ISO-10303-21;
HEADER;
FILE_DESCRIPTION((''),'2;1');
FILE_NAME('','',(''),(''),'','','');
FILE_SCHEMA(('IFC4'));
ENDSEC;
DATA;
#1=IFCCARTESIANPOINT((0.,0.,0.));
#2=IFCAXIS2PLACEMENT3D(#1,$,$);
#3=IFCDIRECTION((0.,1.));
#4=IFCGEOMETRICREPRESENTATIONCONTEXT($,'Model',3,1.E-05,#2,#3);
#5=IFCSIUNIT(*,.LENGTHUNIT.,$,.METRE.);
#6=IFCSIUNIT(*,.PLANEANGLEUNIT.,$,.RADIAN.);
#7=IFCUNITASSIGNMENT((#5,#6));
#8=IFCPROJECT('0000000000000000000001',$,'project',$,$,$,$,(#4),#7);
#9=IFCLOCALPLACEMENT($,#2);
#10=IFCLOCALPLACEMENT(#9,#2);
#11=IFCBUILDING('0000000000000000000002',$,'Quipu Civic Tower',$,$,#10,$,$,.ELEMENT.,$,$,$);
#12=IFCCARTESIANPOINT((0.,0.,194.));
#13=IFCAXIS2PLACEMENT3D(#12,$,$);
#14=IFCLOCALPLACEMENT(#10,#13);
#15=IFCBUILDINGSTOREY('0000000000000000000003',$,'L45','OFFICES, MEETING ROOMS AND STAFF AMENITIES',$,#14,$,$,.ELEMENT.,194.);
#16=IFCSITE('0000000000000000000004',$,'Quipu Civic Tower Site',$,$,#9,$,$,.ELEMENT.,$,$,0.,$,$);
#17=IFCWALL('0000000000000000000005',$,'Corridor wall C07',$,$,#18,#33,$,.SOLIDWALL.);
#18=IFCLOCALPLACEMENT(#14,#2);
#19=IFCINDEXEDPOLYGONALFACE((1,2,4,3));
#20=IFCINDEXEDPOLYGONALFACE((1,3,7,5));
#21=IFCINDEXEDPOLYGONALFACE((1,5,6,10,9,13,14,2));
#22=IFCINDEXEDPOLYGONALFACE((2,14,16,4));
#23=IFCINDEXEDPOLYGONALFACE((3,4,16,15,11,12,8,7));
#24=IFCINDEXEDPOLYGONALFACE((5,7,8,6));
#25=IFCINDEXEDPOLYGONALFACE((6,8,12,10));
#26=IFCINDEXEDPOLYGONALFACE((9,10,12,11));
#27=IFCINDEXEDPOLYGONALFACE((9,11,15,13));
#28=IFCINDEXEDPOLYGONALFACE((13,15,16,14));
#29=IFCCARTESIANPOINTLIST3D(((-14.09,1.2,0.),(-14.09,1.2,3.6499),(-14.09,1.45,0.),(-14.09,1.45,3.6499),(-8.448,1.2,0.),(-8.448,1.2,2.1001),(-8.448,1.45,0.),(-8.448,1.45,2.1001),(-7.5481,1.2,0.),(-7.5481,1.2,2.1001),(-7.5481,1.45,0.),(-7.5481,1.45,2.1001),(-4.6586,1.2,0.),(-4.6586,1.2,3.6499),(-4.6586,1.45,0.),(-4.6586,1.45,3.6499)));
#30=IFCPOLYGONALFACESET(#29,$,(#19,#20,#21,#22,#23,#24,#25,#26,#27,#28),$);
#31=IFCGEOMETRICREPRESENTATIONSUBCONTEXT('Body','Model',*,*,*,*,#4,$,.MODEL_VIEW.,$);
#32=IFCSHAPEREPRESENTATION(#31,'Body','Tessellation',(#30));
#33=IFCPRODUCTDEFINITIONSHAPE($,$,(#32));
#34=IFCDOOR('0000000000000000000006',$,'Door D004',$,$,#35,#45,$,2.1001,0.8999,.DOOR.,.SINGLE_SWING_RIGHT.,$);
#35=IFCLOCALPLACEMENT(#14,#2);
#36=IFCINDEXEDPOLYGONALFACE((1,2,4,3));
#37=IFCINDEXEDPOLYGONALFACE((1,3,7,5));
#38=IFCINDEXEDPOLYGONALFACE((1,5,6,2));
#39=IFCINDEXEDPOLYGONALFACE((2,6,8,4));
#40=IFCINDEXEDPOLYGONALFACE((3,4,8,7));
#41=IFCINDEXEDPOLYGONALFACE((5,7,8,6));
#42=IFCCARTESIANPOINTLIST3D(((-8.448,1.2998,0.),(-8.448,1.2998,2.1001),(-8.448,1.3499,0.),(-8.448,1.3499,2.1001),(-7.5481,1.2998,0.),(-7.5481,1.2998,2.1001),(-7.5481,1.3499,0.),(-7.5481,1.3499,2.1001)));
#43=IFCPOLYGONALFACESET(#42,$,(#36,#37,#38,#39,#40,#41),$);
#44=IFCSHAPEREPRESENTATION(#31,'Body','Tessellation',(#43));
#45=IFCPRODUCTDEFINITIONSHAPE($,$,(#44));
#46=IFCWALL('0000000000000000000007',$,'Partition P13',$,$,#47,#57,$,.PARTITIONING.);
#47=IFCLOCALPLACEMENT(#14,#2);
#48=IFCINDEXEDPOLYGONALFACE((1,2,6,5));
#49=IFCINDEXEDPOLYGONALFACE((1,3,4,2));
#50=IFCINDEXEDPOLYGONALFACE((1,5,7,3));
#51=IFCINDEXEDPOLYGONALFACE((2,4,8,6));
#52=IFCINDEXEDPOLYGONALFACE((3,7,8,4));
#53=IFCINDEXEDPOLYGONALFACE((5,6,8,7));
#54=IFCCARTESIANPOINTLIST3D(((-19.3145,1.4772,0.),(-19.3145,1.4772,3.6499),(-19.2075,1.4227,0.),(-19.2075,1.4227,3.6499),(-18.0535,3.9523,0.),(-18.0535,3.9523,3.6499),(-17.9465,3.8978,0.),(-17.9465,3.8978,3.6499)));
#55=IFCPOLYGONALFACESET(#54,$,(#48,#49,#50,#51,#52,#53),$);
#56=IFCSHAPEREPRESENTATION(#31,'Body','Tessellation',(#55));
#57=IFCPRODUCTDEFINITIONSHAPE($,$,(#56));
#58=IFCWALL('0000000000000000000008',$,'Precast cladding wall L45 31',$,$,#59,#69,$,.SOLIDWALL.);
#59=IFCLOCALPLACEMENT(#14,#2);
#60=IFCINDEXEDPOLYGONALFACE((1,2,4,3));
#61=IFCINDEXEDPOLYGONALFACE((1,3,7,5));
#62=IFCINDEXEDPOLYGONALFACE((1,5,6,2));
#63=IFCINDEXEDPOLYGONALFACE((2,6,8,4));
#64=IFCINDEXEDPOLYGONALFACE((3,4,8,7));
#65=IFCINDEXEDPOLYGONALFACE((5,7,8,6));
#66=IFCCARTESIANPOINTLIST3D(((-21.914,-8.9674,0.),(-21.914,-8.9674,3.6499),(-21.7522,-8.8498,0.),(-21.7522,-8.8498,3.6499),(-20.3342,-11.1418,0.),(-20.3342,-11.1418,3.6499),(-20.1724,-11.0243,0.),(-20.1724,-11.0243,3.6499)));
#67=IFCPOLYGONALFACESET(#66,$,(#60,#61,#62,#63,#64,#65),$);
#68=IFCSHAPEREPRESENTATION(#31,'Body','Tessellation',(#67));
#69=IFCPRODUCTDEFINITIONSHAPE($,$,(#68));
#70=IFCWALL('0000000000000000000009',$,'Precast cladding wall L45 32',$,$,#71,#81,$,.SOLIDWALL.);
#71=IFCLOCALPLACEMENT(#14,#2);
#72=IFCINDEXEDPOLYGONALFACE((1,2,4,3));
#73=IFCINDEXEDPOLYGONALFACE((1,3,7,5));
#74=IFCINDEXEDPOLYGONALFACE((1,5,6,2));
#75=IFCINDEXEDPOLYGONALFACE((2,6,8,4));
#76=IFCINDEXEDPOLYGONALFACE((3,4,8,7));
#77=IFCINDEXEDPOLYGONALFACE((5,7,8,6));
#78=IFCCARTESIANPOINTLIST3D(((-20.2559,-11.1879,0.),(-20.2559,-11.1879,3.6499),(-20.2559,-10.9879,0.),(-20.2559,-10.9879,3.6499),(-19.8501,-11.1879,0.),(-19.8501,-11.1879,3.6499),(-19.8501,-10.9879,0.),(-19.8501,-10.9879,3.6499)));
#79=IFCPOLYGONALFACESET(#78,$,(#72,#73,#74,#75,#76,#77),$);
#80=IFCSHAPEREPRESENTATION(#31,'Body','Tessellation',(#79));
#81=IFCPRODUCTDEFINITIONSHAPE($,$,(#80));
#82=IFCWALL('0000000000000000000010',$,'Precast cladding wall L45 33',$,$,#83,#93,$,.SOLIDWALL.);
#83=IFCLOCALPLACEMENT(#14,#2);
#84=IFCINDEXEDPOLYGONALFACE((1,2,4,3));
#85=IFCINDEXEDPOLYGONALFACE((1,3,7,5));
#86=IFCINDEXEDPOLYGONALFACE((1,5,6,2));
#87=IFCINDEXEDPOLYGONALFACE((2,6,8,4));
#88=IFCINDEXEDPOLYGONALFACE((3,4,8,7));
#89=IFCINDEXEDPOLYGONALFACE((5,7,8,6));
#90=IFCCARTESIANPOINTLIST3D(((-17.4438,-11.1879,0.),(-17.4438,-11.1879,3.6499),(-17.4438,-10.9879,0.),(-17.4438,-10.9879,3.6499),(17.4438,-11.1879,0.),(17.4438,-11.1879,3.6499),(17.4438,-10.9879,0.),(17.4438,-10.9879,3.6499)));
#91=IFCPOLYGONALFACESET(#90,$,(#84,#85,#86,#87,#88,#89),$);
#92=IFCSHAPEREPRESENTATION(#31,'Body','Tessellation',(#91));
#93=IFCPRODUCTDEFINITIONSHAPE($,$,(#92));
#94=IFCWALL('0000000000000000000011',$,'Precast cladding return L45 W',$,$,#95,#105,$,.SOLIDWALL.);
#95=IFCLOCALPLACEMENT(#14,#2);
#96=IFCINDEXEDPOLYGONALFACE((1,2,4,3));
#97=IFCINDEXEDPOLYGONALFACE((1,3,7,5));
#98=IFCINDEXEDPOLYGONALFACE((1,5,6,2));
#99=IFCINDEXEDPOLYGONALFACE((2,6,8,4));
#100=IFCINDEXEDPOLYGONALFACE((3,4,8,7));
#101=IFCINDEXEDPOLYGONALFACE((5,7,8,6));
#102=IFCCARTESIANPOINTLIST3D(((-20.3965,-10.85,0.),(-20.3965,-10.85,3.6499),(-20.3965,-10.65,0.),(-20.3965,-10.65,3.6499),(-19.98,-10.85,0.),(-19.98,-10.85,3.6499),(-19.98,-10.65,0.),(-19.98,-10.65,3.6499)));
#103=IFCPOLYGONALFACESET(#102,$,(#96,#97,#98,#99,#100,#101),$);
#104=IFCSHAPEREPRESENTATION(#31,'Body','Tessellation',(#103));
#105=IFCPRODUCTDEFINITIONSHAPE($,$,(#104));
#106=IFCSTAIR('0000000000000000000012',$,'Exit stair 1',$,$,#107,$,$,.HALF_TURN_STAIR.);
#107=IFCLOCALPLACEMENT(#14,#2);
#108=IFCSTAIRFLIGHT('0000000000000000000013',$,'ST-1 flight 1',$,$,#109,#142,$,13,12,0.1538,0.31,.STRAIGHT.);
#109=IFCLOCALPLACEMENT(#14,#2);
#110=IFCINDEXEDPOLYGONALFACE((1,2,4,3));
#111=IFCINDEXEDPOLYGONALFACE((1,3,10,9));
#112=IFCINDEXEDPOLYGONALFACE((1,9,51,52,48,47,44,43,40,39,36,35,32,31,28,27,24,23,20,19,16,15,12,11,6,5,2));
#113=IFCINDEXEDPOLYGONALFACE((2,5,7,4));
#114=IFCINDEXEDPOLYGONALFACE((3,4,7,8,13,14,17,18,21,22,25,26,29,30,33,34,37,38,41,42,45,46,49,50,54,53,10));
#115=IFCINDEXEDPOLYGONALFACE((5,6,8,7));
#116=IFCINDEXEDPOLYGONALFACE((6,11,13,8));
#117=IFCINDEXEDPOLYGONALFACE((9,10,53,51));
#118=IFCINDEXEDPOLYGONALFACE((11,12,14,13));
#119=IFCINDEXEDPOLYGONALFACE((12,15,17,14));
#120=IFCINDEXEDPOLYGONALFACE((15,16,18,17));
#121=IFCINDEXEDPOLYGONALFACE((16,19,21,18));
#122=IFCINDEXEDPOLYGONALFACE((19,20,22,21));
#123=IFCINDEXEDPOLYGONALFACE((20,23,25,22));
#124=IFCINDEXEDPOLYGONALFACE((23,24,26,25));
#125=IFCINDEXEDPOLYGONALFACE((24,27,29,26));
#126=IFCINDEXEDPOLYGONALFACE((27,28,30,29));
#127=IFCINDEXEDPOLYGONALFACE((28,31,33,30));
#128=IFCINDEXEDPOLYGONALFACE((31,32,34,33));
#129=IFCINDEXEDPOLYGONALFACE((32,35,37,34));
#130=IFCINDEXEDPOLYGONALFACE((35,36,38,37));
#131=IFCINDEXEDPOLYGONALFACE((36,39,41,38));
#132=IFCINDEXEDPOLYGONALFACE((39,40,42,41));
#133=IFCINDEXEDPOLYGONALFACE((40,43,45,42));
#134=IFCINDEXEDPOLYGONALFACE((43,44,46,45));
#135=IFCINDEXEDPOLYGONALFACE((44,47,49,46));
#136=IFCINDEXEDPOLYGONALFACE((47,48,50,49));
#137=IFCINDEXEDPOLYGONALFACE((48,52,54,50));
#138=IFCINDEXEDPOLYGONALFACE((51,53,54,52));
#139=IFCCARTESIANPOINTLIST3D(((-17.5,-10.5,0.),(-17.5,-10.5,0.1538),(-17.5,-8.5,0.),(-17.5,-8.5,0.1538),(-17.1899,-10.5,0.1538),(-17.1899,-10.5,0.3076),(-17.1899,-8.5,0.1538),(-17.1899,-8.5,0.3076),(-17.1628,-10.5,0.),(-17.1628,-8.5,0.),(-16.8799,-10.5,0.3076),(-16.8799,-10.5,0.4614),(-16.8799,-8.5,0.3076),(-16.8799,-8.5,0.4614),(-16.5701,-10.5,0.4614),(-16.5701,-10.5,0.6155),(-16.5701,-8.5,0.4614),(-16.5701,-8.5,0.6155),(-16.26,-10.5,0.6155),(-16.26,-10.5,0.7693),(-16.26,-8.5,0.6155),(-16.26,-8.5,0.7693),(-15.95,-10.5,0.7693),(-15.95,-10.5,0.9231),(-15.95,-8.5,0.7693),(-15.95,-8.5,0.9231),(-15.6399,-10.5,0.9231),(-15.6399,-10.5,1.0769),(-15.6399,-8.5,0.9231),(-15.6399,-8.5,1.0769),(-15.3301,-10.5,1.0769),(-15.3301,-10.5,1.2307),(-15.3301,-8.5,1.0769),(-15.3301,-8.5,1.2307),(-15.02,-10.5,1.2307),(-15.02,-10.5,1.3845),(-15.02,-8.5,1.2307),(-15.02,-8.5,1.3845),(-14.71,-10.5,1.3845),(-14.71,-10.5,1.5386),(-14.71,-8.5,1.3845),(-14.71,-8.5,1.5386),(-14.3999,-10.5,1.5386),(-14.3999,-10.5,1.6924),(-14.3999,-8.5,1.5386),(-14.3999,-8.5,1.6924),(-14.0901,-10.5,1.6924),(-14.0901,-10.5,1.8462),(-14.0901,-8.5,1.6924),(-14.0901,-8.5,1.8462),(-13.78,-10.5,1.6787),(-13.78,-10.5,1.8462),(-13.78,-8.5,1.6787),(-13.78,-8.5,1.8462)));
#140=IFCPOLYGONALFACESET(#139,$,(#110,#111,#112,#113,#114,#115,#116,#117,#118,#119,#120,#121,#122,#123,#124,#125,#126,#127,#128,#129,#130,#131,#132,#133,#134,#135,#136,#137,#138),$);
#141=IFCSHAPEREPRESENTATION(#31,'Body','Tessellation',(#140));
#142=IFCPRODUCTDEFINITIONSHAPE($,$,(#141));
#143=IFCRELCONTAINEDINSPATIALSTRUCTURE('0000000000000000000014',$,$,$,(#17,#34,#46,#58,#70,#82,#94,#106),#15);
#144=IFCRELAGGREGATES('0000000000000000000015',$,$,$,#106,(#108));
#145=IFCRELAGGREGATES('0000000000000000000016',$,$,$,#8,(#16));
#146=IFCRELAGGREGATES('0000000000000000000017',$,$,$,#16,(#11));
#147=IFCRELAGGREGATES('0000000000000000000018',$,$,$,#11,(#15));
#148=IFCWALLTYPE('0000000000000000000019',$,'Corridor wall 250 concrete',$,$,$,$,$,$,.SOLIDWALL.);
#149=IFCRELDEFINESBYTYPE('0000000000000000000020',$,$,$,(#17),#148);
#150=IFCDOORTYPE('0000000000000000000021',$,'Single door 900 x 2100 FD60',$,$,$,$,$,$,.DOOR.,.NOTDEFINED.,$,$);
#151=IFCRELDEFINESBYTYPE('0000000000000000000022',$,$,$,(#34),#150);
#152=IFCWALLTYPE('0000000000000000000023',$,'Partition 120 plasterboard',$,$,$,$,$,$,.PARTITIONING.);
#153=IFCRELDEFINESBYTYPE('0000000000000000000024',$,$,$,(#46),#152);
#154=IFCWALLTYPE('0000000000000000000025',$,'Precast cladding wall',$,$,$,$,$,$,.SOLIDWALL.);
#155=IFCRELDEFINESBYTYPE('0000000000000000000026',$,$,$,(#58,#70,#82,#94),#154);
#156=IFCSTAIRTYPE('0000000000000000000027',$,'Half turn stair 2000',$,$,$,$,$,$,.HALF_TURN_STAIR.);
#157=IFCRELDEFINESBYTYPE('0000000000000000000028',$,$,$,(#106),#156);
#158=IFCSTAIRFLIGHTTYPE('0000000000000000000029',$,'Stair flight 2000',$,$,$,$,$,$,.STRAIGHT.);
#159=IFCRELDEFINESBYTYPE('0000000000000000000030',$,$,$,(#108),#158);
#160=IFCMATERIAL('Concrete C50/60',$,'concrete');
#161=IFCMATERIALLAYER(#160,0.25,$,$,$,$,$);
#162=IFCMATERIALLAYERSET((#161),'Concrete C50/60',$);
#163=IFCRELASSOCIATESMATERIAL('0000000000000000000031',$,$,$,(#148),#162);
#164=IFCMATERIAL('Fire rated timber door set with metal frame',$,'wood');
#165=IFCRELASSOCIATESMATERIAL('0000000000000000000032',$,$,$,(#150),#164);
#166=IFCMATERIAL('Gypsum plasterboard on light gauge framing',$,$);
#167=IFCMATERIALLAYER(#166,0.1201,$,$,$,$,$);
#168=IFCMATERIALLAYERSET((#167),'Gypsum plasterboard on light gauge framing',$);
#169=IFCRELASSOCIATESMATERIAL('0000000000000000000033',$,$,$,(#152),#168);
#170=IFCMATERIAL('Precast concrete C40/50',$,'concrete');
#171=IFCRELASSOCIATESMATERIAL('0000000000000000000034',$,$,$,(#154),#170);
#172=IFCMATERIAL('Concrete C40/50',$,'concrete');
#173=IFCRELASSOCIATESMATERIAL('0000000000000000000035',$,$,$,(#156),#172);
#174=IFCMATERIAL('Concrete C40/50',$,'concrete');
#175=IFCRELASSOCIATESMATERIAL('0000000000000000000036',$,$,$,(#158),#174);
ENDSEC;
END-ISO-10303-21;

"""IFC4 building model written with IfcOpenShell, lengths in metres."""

from ifc_helpers import new_model, si_unit, direction, frame, frame_2d, origin, place, context, subcontext, project, spatial, polyline, rectangle, outline, extrude, material, layer, layer_set, type_object, element, fill, aggregate, save


model = new_model("IFC4")

# Units and contexts
model_context = context("Model", 3, precision=1e-05, world=origin(), true_north=direction((0.0, 1.0)))
body_context = subcontext(model_context, "Body", "Model", "MODEL_VIEW")
ifc_project = project(units=[si_unit("LENGTHUNIT", "METRE"), si_unit("PLANEANGLEUNIT", "RADIAN")], contexts=[model_context])

# Site, building, storey
site_placement = place(None, origin())
site = spatial("IfcSite", under=ifc_project, at=site_placement, Name="Quipu Civic Tower Site", CompositionType="ELEMENT", RefElevation=0.0)
building_placement = place(site_placement, origin())
building = spatial("IfcBuilding", under=site, at=building_placement, Name="Quipu Civic Tower", CompositionType="ELEMENT")
storey_placement = place(building_placement, frame((0.0, 0.0, 194.0)))
storey = spatial("IfcBuildingStorey", under=building, at=storey_placement, Name="L45", Description="OFFICES, MEETING ROOMS AND STAFF AMENITIES", CompositionType="ELEMENT", Elevation=194.0)

# Shared definitions
ifc_material_1 = material(Name="Concrete C50/60", Category="concrete")
ifc_layer_1 = layer(ifc_material_1, 0.25)
ifc_layer_set_1 = layer_set([ifc_layer_1], Name="Concrete C50/60")
wall_type_1 = type_object("IfcWallType", Name="Corridor wall 250 concrete", PredefinedType="SOLIDWALL", material=ifc_layer_set_1)
ifc_material_2 = material(Name="Fire rated timber door set with metal frame", Category="wood")
door_type_1 = type_object("IfcDoorType", Name="Single door 900 x 2100 FD60", OperationType="NOTDEFINED", PredefinedType="DOOR", material=ifc_material_2)

# Wall, opening, door
wall_1_placement = place(storey_placement, frame((-14.0901, 1.325, 0.0), z_axis=(0.0, 0.0, 1.0), x_axis=(1.0, 0.0, 0.0)))
wall_1 = element("IfcWall", 1, at=wall_1_placement, inside=storey, type_object=wall_type_1, Name="Corridor wall C07", PredefinedType="SOLIDWALL", context=body_context, shape_type="SweptSolid", body=[
    extrude(rectangle(XDim=9.4314, YDim=0.25, at=frame_2d((4.7158, 0.0))), origin(), (0.0, 0.0, 1.0), 3.6499),
])
opening_1_placement = place(wall_1_placement, frame((5.6421, 0.0, 0.0)))
opening_1 = element("IfcOpeningElement", 2, at=opening_1_placement, cuts=wall_1, PredefinedType="OPENING", context=body_context, shape_type="SweptSolid", body=[
    extrude(rectangle(XDim=0.8999, YDim=2.1001, at=frame_2d((0.45, 1.05))), frame((0.0, 0.135, 0.0), z_axis=(0.0, -1.0, 0.0), x_axis=(1.0, 0.0, 0.0)), (0.0, 0.0, 1.0), 0.27),
])
door_1_placement = place(opening_1_placement, origin())
door_1 = element("IfcDoor", 3, at=door_1_placement, inside=storey, type_object=door_type_1, Name="Door D004", OperationType="SINGLE_SWING_RIGHT", OverallHeight=2.1001, OverallWidth=0.8999, PredefinedType="DOOR", context=body_context, shape_type="SweptSolid", body=[
    extrude(rectangle(XDim=0.8999, YDim=2.1001, at=frame_2d((0.45, 1.05))), frame((0.0, 0.0249, 0.0), z_axis=(0.0, -1.0, 0.0), x_axis=(1.0, 0.0, 0.0)), (0.0, 0.0, 1.0), 0.05),
])
fill(opening_1, door_1)

# Walls
ifc_material_3 = material(Name="Gypsum plasterboard on light gauge framing")
ifc_layer_2 = layer(ifc_material_3, 0.1201)
ifc_layer_set_2 = layer_set([ifc_layer_2], Name="Gypsum plasterboard on light gauge framing")
wall_type_2 = type_object("IfcWallType", Name="Partition 120 plasterboard", PredefinedType="PARTITIONING", material=ifc_layer_set_2)
wall_2_placement = place(storey_placement, frame((-19.261, 1.45, 0.0), z_axis=(0.0, 0.0, 1.0), x_axis=(0.453951, 0.891027, 0.0)))
element("IfcWall", 4, at=wall_2_placement, inside=storey, type_object=wall_type_2, Name="Partition P13", PredefinedType="PARTITIONING", context=body_context, shape_type="SweptSolid", body=[
    extrude(rectangle(XDim=2.7778, YDim=0.1201, at=frame_2d((1.3889, 0.0))), origin(), (0.0, 0.0, 1.0), 3.6499),
])
ifc_material_4 = material(Name="Precast concrete C40/50", Category="concrete")
wall_type_3 = type_object("IfcWallType", Name="Precast cladding wall", PredefinedType="SOLIDWALL", material=ifc_material_4)
wall_3_placement = place(storey_placement, frame((-21.833, -8.9087, 0.0), z_axis=(0.0, 0.0, 1.0), x_axis=(0.587767, -0.809031, 0.0)))
element("IfcWall", 5, at=wall_3_placement, inside=storey, type_object=wall_type_3, Name="Precast cladding wall L45 31", PredefinedType="SOLIDWALL", context=body_context, shape_type="SweptSolid", body=[
    extrude(rectangle(XDim=2.6877, YDim=0.2, at=frame_2d((1.3438, 0.0))), origin(), (0.0, 0.0, 1.0), 3.6499),
])
wall_4_placement = place(storey_placement, frame((-20.2559, -11.0879, 0.0), z_axis=(0.0, 0.0, 1.0), x_axis=(1.0, 0.0, 0.0)))
element("IfcWall", 6, at=wall_4_placement, inside=storey, type_object=wall_type_3, Name="Precast cladding wall L45 32", PredefinedType="SOLIDWALL", context=body_context, shape_type="SweptSolid", body=[
    extrude(rectangle(XDim=0.4058, YDim=0.2, at=frame_2d((0.2029, 0.0))), origin(), (0.0, 0.0, 1.0), 3.6499),
])
wall_5_placement = place(storey_placement, frame((-17.4438, -11.0879, 0.0), z_axis=(0.0, 0.0, 1.0), x_axis=(1.0, 0.0, 0.0)))
element("IfcWall", 7, at=wall_5_placement, inside=storey, type_object=wall_type_3, Name="Precast cladding wall L45 33", PredefinedType="SOLIDWALL", context=body_context, shape_type="SweptSolid", body=[
    extrude(rectangle(XDim=34.8877, YDim=0.2, at=frame_2d((17.4438, 0.0))), origin(), (0.0, 0.0, 1.0), 3.6499),
])
wall_6_placement = place(storey_placement, frame((-19.98, -10.75, 0.0), z_axis=(0.0, 0.0, 1.0), x_axis=(-1.0, 0.0, 0.0)))
element("IfcWall", 8, at=wall_6_placement, inside=storey, type_object=wall_type_3, Name="Precast cladding return L45 W", PredefinedType="SOLIDWALL", context=body_context, shape_type="SweptSolid", body=[
    extrude(rectangle(XDim=0.4165, YDim=0.2, at=frame_2d((0.2083, 0.0))), origin(), (0.0, 0.0, 1.0), 3.6499),
])

# Stair, stair flight
ifc_material_5 = material(Name="Concrete C40/50", Category="concrete")
stair_type = type_object("IfcStairType", Name="Half turn stair 2000", PredefinedType="HALF_TURN_STAIR", material=ifc_material_5)
stair_placement = place(storey_placement, origin())
stair = element("IfcStair", 9, at=stair_placement, inside=storey, type_object=stair_type, Name="Exit stair 1", PredefinedType="HALF_TURN_STAIR")
ifc_material_6 = material(Name="Concrete C40/50", Category="concrete")
stair_flight_type = type_object("IfcStairFlightType", Name="Stair flight 2000", PredefinedType="STRAIGHT", material=ifc_material_6)
stair_flight_placement = place(storey_placement, frame((-17.5, -9.5, 0.0), z_axis=(0.0, 0.0, 1.0), x_axis=(1.0, 0.0, 0.0)))
stair_flight = element("IfcStairFlight", 10, at=stair_flight_placement, type_object=stair_flight_type, Name="ST-1 flight 1", NumberOfRisers=13, NumberOfTreads=12, PredefinedType="STRAIGHT", RiserHeight=0.1538, TreadLength=0.31, context=body_context, shape_type="SweptSolid", body=[
    extrude(outline(polyline([(0.0, 0.0), (0.0, 0.1538), (0.3101, 0.1538), (0.3101, 0.3076), (0.6201, 0.3076), (0.6201, 0.4614), (0.9299, 0.4614), (0.9299, 0.6155), (1.24, 0.6155), (1.24, 0.7693), (1.55, 0.7693), (1.55, 0.9231), (1.8601, 0.9231), (1.8601, 1.0769), (2.1699, 1.0769), (2.1699, 1.2307), (2.48, 1.2307), (2.48, 1.3845), (2.79, 1.3845), (2.79, 1.5386), (3.1001, 1.5386), (3.1001, 1.6924), (3.4099, 1.6924), (3.4099, 1.8462), (3.72, 1.8462), (3.72, 2.0), (3.72, 1.6787), (0.3372, 0.0), (0.0, 0.0)])), frame((0.0, 1.0, 0.0), z_axis=(0.0, -1.0, 0.0), x_axis=(1.0, 0.0, 0.0)), (0.0, 0.0, 1.0), 2.0),
])
aggregate(stair, [stair_flight])

save(model, "model.ifc")
